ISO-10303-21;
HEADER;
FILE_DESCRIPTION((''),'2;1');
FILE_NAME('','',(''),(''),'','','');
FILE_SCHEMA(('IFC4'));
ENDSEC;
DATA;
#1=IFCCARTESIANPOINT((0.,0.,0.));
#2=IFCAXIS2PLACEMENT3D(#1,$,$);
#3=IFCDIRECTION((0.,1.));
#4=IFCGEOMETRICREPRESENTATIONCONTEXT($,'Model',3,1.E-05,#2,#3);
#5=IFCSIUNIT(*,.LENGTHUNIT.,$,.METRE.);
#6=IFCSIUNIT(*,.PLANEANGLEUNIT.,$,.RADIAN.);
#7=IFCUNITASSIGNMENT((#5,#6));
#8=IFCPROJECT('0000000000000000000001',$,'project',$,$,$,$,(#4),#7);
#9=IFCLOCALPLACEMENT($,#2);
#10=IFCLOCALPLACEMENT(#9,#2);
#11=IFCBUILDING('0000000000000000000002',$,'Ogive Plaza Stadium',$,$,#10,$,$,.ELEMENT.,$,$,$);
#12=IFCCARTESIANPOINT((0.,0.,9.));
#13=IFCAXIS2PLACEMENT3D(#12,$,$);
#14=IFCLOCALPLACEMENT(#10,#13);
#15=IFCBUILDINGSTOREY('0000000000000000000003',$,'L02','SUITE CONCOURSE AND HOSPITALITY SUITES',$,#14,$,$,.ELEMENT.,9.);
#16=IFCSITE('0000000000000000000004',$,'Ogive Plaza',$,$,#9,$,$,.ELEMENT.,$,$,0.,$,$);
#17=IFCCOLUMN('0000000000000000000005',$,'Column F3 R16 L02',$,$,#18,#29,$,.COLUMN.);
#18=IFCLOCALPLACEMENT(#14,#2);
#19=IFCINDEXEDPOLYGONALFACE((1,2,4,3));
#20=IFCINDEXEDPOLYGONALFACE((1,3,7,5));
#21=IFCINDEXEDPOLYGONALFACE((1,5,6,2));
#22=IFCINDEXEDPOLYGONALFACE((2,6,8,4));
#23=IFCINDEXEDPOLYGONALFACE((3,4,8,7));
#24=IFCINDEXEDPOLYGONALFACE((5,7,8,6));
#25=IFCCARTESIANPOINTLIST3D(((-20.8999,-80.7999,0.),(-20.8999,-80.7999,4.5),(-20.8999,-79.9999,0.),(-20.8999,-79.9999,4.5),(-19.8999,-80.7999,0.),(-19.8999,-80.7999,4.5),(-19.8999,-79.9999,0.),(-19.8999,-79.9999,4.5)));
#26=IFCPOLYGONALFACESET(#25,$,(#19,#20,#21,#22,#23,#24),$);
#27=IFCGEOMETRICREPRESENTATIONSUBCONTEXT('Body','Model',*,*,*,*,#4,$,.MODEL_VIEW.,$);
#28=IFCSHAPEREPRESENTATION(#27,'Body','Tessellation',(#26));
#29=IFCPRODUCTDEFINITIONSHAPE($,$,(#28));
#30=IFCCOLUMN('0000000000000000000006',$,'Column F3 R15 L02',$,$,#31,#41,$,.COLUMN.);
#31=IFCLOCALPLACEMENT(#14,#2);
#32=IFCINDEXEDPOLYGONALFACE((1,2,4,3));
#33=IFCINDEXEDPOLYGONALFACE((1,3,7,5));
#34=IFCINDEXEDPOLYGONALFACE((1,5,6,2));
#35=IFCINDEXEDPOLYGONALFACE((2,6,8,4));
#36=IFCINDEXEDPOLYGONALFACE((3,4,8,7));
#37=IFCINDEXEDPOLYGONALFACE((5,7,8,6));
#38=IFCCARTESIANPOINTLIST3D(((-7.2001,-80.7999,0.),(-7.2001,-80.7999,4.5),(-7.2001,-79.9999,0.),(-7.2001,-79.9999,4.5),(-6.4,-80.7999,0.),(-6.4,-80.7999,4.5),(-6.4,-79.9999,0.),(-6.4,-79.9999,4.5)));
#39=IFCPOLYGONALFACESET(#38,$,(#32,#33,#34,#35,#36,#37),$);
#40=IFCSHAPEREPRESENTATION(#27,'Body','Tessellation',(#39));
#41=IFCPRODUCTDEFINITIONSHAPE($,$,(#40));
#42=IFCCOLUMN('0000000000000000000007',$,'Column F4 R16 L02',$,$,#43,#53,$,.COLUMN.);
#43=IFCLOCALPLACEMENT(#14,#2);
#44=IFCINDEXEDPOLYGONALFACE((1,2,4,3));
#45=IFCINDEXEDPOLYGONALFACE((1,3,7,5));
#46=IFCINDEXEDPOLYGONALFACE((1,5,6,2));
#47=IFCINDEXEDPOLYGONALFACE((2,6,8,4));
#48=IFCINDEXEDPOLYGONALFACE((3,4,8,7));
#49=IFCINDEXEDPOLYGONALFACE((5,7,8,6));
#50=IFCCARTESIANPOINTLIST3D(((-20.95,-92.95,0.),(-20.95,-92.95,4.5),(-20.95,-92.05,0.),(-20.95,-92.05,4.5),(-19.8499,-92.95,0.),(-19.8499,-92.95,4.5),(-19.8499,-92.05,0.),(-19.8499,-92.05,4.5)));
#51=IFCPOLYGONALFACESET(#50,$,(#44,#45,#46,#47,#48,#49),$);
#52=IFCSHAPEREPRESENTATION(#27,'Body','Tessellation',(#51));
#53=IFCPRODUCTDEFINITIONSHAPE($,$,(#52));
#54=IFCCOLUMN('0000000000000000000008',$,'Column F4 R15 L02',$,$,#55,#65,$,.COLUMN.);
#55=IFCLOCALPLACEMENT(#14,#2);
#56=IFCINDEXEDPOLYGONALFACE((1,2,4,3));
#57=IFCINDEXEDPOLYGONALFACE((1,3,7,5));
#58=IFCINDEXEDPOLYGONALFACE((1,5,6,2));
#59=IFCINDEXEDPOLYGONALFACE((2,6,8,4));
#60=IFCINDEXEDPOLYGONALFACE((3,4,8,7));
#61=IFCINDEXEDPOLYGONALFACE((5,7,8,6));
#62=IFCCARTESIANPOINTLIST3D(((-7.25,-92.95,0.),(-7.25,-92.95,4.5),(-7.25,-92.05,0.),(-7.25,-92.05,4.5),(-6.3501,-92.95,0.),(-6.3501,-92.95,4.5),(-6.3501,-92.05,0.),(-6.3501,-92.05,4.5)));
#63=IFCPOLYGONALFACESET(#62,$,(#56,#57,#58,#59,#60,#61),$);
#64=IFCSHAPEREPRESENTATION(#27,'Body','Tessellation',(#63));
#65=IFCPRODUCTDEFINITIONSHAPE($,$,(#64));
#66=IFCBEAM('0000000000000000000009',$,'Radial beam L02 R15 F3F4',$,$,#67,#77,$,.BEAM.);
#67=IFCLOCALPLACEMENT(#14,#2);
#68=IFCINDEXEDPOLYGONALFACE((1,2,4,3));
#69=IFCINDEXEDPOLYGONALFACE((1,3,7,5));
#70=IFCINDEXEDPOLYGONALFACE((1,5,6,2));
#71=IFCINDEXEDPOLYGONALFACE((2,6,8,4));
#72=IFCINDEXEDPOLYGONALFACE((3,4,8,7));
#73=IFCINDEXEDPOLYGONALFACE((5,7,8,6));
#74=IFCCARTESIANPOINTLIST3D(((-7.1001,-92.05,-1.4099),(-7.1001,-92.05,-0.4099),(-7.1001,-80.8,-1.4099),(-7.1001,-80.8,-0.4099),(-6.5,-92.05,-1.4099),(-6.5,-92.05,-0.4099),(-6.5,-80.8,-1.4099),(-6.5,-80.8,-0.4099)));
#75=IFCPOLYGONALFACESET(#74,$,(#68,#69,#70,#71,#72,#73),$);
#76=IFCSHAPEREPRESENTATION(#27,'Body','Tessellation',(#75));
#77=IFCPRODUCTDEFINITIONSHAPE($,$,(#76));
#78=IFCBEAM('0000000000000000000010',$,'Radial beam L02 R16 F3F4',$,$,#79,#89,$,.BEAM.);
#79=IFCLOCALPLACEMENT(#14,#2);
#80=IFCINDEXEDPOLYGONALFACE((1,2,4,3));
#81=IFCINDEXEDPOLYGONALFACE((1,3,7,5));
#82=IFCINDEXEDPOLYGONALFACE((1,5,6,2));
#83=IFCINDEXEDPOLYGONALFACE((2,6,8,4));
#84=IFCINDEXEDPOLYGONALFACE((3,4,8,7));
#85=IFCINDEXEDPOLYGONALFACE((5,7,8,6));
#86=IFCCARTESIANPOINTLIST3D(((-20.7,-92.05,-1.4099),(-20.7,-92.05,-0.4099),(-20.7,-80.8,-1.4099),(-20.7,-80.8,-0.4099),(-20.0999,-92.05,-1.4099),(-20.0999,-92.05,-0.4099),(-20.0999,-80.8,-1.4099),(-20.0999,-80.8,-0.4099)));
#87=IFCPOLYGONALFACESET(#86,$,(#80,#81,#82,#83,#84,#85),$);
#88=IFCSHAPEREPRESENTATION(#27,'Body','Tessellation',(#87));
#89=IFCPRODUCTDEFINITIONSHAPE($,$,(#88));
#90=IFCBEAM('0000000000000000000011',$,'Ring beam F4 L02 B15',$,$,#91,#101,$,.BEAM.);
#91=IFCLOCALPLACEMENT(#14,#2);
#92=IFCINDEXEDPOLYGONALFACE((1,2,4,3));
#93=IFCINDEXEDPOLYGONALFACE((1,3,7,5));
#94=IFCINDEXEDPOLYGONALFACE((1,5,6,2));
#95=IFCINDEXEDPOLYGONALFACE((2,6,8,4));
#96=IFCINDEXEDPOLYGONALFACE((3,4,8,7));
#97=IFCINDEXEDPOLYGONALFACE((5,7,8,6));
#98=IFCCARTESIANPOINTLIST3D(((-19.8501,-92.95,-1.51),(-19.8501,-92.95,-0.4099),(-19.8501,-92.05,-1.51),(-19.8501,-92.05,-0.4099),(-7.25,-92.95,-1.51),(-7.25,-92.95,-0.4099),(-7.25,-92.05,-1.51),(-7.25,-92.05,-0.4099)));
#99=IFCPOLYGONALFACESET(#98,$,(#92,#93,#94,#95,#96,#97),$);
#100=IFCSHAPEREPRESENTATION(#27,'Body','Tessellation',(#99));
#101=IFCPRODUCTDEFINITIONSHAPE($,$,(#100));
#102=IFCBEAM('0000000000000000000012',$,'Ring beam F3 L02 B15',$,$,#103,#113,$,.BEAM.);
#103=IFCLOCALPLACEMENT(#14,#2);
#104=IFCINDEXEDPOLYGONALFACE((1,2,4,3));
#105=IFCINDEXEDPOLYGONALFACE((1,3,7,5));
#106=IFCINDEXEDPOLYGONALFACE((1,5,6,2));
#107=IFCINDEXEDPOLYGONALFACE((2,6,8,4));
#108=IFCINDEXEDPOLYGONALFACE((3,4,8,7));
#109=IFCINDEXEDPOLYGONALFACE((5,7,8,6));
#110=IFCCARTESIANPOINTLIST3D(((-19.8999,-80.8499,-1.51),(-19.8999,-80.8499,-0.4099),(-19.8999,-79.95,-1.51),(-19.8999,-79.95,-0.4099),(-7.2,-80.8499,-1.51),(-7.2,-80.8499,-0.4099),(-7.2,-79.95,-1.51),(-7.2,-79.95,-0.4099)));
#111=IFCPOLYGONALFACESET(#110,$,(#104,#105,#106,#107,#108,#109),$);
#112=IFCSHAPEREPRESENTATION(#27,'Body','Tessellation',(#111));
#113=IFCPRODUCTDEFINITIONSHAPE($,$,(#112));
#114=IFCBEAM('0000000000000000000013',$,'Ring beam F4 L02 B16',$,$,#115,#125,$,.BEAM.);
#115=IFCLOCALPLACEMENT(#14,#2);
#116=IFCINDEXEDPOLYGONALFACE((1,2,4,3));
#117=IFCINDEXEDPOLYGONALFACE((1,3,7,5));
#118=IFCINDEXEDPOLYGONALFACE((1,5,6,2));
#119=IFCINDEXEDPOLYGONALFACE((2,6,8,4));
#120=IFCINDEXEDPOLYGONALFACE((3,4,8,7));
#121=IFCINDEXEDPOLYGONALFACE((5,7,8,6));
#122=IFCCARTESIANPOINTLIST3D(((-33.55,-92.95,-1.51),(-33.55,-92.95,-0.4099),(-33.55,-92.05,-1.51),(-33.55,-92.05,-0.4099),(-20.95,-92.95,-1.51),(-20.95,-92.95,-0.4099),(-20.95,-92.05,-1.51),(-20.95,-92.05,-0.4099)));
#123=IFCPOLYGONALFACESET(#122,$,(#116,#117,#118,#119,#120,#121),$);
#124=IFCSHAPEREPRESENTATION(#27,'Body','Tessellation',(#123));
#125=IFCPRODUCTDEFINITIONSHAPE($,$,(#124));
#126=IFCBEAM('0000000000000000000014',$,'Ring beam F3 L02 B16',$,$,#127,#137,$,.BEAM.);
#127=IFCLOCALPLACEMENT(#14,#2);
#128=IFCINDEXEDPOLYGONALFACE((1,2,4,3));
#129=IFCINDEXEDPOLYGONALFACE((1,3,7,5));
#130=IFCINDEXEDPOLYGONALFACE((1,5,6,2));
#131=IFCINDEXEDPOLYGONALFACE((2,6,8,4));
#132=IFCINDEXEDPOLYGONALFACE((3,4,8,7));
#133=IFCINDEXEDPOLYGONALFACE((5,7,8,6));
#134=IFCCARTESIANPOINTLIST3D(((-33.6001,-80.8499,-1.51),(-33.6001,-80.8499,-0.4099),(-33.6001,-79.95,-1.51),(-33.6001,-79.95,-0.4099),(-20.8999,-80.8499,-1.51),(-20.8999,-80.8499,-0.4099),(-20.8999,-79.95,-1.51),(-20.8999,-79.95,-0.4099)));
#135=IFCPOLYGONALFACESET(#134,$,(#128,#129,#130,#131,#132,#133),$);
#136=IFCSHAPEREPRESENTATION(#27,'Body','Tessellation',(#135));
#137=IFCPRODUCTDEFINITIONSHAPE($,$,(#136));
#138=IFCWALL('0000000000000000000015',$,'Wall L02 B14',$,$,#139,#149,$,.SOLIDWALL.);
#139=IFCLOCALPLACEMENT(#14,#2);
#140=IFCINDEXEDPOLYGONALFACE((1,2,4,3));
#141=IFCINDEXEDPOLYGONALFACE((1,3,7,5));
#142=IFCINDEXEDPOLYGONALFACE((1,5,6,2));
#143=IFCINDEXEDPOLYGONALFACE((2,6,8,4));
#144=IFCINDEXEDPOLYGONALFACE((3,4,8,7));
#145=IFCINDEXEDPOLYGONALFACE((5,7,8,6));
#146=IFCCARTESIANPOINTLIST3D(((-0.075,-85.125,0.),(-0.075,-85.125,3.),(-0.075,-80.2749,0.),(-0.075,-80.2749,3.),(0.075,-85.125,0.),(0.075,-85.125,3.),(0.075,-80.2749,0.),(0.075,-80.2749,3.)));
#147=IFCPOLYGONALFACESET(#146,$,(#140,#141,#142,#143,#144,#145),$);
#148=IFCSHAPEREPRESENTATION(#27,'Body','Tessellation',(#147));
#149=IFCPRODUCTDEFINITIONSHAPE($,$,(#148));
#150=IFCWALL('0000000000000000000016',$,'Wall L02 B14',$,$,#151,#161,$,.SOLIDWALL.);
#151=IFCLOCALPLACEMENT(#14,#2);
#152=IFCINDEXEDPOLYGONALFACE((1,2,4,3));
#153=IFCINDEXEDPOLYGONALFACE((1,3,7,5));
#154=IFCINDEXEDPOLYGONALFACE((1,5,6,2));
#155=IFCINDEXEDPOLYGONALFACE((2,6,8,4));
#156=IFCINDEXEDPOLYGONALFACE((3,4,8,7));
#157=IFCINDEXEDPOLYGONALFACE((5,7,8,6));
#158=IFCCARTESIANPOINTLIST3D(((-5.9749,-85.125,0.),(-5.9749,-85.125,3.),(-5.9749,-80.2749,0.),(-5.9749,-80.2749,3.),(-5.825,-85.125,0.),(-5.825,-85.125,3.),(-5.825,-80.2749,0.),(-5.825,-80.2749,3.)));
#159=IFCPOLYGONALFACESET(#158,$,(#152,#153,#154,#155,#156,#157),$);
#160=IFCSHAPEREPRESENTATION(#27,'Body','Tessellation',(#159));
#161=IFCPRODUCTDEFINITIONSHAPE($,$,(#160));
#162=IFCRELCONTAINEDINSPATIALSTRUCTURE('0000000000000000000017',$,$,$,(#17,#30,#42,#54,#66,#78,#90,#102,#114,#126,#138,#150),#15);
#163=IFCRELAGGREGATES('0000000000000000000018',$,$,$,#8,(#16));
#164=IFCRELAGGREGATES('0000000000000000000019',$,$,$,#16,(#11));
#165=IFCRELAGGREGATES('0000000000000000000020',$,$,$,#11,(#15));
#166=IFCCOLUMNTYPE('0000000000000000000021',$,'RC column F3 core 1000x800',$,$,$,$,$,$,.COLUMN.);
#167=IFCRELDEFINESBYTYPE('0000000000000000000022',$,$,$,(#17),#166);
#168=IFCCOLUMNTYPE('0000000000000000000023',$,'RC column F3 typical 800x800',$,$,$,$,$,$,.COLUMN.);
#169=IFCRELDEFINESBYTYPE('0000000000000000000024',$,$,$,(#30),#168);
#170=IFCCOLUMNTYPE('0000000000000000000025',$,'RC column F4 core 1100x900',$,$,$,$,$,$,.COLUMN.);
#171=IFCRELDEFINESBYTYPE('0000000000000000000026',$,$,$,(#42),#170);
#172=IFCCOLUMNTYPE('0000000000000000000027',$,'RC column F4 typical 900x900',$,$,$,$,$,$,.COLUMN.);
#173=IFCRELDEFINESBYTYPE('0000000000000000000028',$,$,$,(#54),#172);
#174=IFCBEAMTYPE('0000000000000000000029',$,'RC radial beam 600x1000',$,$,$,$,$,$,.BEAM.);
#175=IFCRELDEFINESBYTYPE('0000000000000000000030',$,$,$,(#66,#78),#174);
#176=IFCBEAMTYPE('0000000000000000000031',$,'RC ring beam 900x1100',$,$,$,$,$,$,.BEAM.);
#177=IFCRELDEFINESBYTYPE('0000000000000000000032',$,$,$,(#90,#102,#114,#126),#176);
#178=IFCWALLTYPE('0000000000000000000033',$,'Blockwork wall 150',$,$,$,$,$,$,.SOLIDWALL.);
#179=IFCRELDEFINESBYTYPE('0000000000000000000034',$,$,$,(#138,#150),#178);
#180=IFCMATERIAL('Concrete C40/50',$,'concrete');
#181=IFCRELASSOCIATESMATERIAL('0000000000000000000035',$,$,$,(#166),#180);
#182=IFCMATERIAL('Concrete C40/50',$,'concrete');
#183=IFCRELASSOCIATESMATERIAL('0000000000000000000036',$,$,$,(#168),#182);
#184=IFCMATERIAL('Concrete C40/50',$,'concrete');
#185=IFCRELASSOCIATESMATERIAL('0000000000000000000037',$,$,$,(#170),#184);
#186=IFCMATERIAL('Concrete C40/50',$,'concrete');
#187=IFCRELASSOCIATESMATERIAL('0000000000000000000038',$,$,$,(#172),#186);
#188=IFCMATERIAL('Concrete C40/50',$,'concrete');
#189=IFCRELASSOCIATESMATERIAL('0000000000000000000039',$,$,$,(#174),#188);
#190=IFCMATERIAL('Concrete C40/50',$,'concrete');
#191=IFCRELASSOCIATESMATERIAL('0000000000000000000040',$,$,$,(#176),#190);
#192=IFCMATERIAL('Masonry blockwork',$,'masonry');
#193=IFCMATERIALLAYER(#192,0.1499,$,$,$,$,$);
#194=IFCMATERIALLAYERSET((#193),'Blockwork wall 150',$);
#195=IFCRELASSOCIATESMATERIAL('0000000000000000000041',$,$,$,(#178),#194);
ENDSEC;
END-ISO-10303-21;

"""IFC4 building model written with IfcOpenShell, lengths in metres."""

from ifc_helpers import new_model, si_unit, direction, frame, frame_2d, origin, origin_2d, place, context, subcontext, project, spatial, rectangle, extrude, material, layer, layer_set, material_profile, profile_set, type_object, element, save


model = new_model("IFC4")

# Units and contexts
model_context = context("Model", 3, precision=1e-05, world=origin(), true_north=direction((0.0, 1.0)))
body_context = subcontext(model_context, "Body", "Model", "MODEL_VIEW")
ifc_project = project(units=[si_unit("LENGTHUNIT", "METRE"), si_unit("PLANEANGLEUNIT", "RADIAN")], contexts=[model_context])

# Site, building, storey
site_placement = place(None, origin())
site = spatial("IfcSite", under=ifc_project, at=site_placement, Name="Ogive Plaza", CompositionType="ELEMENT", RefElevation=0.0)
building_placement = place(site_placement, origin())
building = spatial("IfcBuilding", under=site, at=building_placement, Name="Ogive Plaza Stadium", CompositionType="ELEMENT")
storey_placement = place(building_placement, frame((0.0, 0.0, 9.0)))
storey = spatial("IfcBuildingStorey", under=building, at=storey_placement, Name="L02", Description="SUITE CONCOURSE AND HOSPITALITY SUITES", CompositionType="ELEMENT", Elevation=9.0)

# Columns
ifc_material_1 = material(Name="Concrete C40/50", Category="concrete")
ifc_material_profile_1 = material_profile(ifc_material_1, rectangle(XDim=1.0, YDim=0.8, at=origin_2d()), Name="RC 1000x800")
ifc_profile_set_1 = profile_set([ifc_material_profile_1], Name="Concrete C40/50")
column_type_1 = type_object("IfcColumnType", Name="RC column F3 core 1000x800", PredefinedType="COLUMN", material=ifc_profile_set_1)
column_1_placement = place(storey_placement, frame((-20.3999, -80.3999, 0.0), z_axis=(0.0, 0.0, 1.0), x_axis=(1.0, 0.0, 0.0)))
element("IfcColumn", 1, at=column_1_placement, inside=storey, type_object=column_type_1, Name="Column F3 R16 L02", PredefinedType="COLUMN", context=body_context, shape_type="SweptSolid", body=[
    extrude(rectangle(XDim=1.0, YDim=0.8, at=origin_2d()), origin(), (0.0, 0.0, 1.0), 4.5),
])
ifc_material_2 = material(Name="Concrete C40/50", Category="concrete")
ifc_material_profile_2 = material_profile(ifc_material_2, rectangle(XDim=0.8, YDim=0.8, at=origin_2d()), Name="RC 800x800")
ifc_profile_set_2 = profile_set([ifc_material_profile_2], Name="Concrete C40/50")
column_type_2 = type_object("IfcColumnType", Name="RC column F3 typical 800x800", PredefinedType="COLUMN", material=ifc_profile_set_2)
column_2_placement = place(storey_placement, frame((-6.8, -80.3999, 0.0), z_axis=(0.0, 0.0, 1.0), x_axis=(1.0, 0.0, 0.0)))
element("IfcColumn", 2, at=column_2_placement, inside=storey, type_object=column_type_2, Name="Column F3 R15 L02", PredefinedType="COLUMN", context=body_context, shape_type="SweptSolid", body=[
    extrude(rectangle(XDim=0.8, YDim=0.8, at=origin_2d()), origin(), (0.0, 0.0, 1.0), 4.5),
])
ifc_material_3 = material(Name="Concrete C40/50", Category="concrete")
ifc_material_profile_3 = material_profile(ifc_material_3, rectangle(XDim=1.1001, YDim=0.8999, at=origin_2d()), Name="RC 1100x900")
ifc_profile_set_3 = profile_set([ifc_material_profile_3], Name="Concrete C40/50")
column_type_3 = type_object("IfcColumnType", Name="RC column F4 core 1100x900", PredefinedType="COLUMN", material=ifc_profile_set_3)
column_3_placement = place(storey_placement, frame((-20.3999, -92.5, 0.0), z_axis=(0.0, 0.0, 1.0), x_axis=(1.0, 0.0, 0.0)))
element("IfcColumn", 3, at=column_3_placement, inside=storey, type_object=column_type_3, Name="Column F4 R16 L02", PredefinedType="COLUMN", context=body_context, shape_type="SweptSolid", body=[
    extrude(rectangle(XDim=1.1001, YDim=0.8999, at=origin_2d()), origin(), (0.0, 0.0, 1.0), 4.5),
])
ifc_material_4 = material(Name="Concrete C40/50", Category="concrete")
ifc_material_profile_4 = material_profile(ifc_material_4, rectangle(XDim=0.8999, YDim=0.8999, at=origin_2d()), Name="RC 900x900")
ifc_profile_set_4 = profile_set([ifc_material_profile_4], Name="Concrete C40/50")
column_type_4 = type_object("IfcColumnType", Name="RC column F4 typical 900x900", PredefinedType="COLUMN", material=ifc_profile_set_4)
column_4_placement = place(storey_placement, frame((-6.8, -92.5, 0.0), z_axis=(0.0, 0.0, 1.0), x_axis=(1.0, 0.0, 0.0)))
element("IfcColumn", 4, at=column_4_placement, inside=storey, type_object=column_type_4, Name="Column F4 R15 L02", PredefinedType="COLUMN", context=body_context, shape_type="SweptSolid", body=[
    extrude(rectangle(XDim=0.8999, YDim=0.8999, at=origin_2d()), origin(), (0.0, 0.0, 1.0), 4.5),
])

# Beams
ifc_material_5 = material(Name="Concrete C40/50", Category="concrete")
ifc_material_profile_5 = material_profile(ifc_material_5, rectangle(XDim=0.6001, YDim=1.0, at=origin_2d()), Name="RC 600x1000")
ifc_profile_set_5 = profile_set([ifc_material_profile_5], Name="Concrete C40/50")
beam_type_1 = type_object("IfcBeamType", Name="RC radial beam 600x1000", PredefinedType="BEAM", material=ifc_profile_set_5)
for number, where, z_axis, x_axis, name in (
    (5, (-6.8, -80.8, -0.9099), (0.0, -1.0, 0.0), (1.0, 0.0, 0.0), "Radial beam L02 R15 F3F4"),
    (6, (-20.3999, -80.8, -0.9099), (0.0, -1.0, 0.0), (1.0, 0.0, 0.0), "Radial beam L02 R16 F3F4"),
):
    element("IfcBeam", number, at=place(storey_placement, frame(where, z_axis=z_axis, x_axis=x_axis)), inside=storey, type_object=beam_type_1, Name=name, PredefinedType="BEAM", context=body_context, shape_type="SweptSolid", body=[
        extrude(rectangle(XDim=0.6001, YDim=1.0, at=origin_2d()), origin(), (0.0, 0.0, 1.0), 11.25),
    ])
ifc_material_6 = material(Name="Concrete C40/50", Category="concrete")
ifc_material_profile_6 = material_profile(ifc_material_6, rectangle(XDim=0.8999, YDim=1.1001, at=origin_2d()), Name="RC 900x1100")
ifc_profile_set_6 = profile_set([ifc_material_profile_6], Name="Concrete C40/50")
beam_type_2 = type_object("IfcBeamType", Name="RC ring beam 900x1100", PredefinedType="BEAM", material=ifc_profile_set_6)
beam_1_placement = place(storey_placement, frame((-7.25, -92.5, -0.96), z_axis=(-1.0, 0.0, 0.0), x_axis=(0.0, -1.0, 0.0)))
element("IfcBeam", 7, at=beam_1_placement, inside=storey, type_object=beam_type_2, Name="Ring beam F4 L02 B15", PredefinedType="BEAM", context=body_context, shape_type="SweptSolid", body=[
    extrude(rectangle(XDim=0.8999, YDim=1.1001, at=origin_2d()), origin(), (0.0, 0.0, 1.0), 12.6001),
])
beam_2_placement = place(storey_placement, frame((-7.2, -80.3999, -0.96), z_axis=(-1.0, 0.0, 0.0), x_axis=(0.0, -1.0, 0.0)))
element("IfcBeam", 8, at=beam_2_placement, inside=storey, type_object=beam_type_2, Name="Ring beam F3 L02 B15", PredefinedType="BEAM", context=body_context, shape_type="SweptSolid", body=[
    extrude(rectangle(XDim=0.8999, YDim=1.1001, at=origin_2d()), origin(), (0.0, 0.0, 1.0), 12.7),
])
beam_3_placement = place(storey_placement, frame((-20.95, -92.5, -0.96), z_axis=(-1.0, 0.0, 0.0), x_axis=(0.0, -1.0, 0.0)))
element("IfcBeam", 9, at=beam_3_placement, inside=storey, type_object=beam_type_2, Name="Ring beam F4 L02 B16", PredefinedType="BEAM", context=body_context, shape_type="SweptSolid", body=[
    extrude(rectangle(XDim=0.8999, YDim=1.1001, at=origin_2d()), origin(), (0.0, 0.0, 1.0), 12.6001),
])
beam_4_placement = place(storey_placement, frame((-20.8999, -80.3999, -0.96), z_axis=(-1.0, 0.0, 0.0), x_axis=(0.0, -1.0, 0.0)))
element("IfcBeam", 10, at=beam_4_placement, inside=storey, type_object=beam_type_2, Name="Ring beam F3 L02 B16", PredefinedType="BEAM", context=body_context, shape_type="SweptSolid", body=[
    extrude(rectangle(XDim=0.8999, YDim=1.1001, at=origin_2d()), origin(), (0.0, 0.0, 1.0), 12.7002),
])

# Walls
ifc_material_7 = material(Name="Masonry blockwork", Category="masonry")
ifc_layer_1 = layer(ifc_material_7, 0.1499)
ifc_layer_set_1 = layer_set([ifc_layer_1], Name="Blockwork wall 150")
wall_type_1 = type_object("IfcWallType", Name="Blockwork wall 150", PredefinedType="SOLIDWALL", material=ifc_layer_set_1)
for number, where, z_axis, x_axis, name in (
    (11, (0.0, -80.2749, 0.0), (0.0, 0.0, 1.0), (0.0, -1.0, 0.0), "Wall L02 B14"),
    (12, (-5.8999, -80.2749, 0.0), (0.0, 0.0, 1.0), (0.0, -1.0, 0.0), "Wall L02 B14"),
):
    element("IfcWall", number, at=place(storey_placement, frame(where, z_axis=z_axis, x_axis=x_axis)), inside=storey, type_object=wall_type_1, Name=name, PredefinedType="SOLIDWALL", context=body_context, shape_type="SweptSolid", body=[
        extrude(rectangle(XDim=4.8501, YDim=0.1499, at=frame_2d((2.425, 0.0))), origin(), (0.0, 0.0, 1.0), 3.0),
    ])

save(model, "model.ifc")
